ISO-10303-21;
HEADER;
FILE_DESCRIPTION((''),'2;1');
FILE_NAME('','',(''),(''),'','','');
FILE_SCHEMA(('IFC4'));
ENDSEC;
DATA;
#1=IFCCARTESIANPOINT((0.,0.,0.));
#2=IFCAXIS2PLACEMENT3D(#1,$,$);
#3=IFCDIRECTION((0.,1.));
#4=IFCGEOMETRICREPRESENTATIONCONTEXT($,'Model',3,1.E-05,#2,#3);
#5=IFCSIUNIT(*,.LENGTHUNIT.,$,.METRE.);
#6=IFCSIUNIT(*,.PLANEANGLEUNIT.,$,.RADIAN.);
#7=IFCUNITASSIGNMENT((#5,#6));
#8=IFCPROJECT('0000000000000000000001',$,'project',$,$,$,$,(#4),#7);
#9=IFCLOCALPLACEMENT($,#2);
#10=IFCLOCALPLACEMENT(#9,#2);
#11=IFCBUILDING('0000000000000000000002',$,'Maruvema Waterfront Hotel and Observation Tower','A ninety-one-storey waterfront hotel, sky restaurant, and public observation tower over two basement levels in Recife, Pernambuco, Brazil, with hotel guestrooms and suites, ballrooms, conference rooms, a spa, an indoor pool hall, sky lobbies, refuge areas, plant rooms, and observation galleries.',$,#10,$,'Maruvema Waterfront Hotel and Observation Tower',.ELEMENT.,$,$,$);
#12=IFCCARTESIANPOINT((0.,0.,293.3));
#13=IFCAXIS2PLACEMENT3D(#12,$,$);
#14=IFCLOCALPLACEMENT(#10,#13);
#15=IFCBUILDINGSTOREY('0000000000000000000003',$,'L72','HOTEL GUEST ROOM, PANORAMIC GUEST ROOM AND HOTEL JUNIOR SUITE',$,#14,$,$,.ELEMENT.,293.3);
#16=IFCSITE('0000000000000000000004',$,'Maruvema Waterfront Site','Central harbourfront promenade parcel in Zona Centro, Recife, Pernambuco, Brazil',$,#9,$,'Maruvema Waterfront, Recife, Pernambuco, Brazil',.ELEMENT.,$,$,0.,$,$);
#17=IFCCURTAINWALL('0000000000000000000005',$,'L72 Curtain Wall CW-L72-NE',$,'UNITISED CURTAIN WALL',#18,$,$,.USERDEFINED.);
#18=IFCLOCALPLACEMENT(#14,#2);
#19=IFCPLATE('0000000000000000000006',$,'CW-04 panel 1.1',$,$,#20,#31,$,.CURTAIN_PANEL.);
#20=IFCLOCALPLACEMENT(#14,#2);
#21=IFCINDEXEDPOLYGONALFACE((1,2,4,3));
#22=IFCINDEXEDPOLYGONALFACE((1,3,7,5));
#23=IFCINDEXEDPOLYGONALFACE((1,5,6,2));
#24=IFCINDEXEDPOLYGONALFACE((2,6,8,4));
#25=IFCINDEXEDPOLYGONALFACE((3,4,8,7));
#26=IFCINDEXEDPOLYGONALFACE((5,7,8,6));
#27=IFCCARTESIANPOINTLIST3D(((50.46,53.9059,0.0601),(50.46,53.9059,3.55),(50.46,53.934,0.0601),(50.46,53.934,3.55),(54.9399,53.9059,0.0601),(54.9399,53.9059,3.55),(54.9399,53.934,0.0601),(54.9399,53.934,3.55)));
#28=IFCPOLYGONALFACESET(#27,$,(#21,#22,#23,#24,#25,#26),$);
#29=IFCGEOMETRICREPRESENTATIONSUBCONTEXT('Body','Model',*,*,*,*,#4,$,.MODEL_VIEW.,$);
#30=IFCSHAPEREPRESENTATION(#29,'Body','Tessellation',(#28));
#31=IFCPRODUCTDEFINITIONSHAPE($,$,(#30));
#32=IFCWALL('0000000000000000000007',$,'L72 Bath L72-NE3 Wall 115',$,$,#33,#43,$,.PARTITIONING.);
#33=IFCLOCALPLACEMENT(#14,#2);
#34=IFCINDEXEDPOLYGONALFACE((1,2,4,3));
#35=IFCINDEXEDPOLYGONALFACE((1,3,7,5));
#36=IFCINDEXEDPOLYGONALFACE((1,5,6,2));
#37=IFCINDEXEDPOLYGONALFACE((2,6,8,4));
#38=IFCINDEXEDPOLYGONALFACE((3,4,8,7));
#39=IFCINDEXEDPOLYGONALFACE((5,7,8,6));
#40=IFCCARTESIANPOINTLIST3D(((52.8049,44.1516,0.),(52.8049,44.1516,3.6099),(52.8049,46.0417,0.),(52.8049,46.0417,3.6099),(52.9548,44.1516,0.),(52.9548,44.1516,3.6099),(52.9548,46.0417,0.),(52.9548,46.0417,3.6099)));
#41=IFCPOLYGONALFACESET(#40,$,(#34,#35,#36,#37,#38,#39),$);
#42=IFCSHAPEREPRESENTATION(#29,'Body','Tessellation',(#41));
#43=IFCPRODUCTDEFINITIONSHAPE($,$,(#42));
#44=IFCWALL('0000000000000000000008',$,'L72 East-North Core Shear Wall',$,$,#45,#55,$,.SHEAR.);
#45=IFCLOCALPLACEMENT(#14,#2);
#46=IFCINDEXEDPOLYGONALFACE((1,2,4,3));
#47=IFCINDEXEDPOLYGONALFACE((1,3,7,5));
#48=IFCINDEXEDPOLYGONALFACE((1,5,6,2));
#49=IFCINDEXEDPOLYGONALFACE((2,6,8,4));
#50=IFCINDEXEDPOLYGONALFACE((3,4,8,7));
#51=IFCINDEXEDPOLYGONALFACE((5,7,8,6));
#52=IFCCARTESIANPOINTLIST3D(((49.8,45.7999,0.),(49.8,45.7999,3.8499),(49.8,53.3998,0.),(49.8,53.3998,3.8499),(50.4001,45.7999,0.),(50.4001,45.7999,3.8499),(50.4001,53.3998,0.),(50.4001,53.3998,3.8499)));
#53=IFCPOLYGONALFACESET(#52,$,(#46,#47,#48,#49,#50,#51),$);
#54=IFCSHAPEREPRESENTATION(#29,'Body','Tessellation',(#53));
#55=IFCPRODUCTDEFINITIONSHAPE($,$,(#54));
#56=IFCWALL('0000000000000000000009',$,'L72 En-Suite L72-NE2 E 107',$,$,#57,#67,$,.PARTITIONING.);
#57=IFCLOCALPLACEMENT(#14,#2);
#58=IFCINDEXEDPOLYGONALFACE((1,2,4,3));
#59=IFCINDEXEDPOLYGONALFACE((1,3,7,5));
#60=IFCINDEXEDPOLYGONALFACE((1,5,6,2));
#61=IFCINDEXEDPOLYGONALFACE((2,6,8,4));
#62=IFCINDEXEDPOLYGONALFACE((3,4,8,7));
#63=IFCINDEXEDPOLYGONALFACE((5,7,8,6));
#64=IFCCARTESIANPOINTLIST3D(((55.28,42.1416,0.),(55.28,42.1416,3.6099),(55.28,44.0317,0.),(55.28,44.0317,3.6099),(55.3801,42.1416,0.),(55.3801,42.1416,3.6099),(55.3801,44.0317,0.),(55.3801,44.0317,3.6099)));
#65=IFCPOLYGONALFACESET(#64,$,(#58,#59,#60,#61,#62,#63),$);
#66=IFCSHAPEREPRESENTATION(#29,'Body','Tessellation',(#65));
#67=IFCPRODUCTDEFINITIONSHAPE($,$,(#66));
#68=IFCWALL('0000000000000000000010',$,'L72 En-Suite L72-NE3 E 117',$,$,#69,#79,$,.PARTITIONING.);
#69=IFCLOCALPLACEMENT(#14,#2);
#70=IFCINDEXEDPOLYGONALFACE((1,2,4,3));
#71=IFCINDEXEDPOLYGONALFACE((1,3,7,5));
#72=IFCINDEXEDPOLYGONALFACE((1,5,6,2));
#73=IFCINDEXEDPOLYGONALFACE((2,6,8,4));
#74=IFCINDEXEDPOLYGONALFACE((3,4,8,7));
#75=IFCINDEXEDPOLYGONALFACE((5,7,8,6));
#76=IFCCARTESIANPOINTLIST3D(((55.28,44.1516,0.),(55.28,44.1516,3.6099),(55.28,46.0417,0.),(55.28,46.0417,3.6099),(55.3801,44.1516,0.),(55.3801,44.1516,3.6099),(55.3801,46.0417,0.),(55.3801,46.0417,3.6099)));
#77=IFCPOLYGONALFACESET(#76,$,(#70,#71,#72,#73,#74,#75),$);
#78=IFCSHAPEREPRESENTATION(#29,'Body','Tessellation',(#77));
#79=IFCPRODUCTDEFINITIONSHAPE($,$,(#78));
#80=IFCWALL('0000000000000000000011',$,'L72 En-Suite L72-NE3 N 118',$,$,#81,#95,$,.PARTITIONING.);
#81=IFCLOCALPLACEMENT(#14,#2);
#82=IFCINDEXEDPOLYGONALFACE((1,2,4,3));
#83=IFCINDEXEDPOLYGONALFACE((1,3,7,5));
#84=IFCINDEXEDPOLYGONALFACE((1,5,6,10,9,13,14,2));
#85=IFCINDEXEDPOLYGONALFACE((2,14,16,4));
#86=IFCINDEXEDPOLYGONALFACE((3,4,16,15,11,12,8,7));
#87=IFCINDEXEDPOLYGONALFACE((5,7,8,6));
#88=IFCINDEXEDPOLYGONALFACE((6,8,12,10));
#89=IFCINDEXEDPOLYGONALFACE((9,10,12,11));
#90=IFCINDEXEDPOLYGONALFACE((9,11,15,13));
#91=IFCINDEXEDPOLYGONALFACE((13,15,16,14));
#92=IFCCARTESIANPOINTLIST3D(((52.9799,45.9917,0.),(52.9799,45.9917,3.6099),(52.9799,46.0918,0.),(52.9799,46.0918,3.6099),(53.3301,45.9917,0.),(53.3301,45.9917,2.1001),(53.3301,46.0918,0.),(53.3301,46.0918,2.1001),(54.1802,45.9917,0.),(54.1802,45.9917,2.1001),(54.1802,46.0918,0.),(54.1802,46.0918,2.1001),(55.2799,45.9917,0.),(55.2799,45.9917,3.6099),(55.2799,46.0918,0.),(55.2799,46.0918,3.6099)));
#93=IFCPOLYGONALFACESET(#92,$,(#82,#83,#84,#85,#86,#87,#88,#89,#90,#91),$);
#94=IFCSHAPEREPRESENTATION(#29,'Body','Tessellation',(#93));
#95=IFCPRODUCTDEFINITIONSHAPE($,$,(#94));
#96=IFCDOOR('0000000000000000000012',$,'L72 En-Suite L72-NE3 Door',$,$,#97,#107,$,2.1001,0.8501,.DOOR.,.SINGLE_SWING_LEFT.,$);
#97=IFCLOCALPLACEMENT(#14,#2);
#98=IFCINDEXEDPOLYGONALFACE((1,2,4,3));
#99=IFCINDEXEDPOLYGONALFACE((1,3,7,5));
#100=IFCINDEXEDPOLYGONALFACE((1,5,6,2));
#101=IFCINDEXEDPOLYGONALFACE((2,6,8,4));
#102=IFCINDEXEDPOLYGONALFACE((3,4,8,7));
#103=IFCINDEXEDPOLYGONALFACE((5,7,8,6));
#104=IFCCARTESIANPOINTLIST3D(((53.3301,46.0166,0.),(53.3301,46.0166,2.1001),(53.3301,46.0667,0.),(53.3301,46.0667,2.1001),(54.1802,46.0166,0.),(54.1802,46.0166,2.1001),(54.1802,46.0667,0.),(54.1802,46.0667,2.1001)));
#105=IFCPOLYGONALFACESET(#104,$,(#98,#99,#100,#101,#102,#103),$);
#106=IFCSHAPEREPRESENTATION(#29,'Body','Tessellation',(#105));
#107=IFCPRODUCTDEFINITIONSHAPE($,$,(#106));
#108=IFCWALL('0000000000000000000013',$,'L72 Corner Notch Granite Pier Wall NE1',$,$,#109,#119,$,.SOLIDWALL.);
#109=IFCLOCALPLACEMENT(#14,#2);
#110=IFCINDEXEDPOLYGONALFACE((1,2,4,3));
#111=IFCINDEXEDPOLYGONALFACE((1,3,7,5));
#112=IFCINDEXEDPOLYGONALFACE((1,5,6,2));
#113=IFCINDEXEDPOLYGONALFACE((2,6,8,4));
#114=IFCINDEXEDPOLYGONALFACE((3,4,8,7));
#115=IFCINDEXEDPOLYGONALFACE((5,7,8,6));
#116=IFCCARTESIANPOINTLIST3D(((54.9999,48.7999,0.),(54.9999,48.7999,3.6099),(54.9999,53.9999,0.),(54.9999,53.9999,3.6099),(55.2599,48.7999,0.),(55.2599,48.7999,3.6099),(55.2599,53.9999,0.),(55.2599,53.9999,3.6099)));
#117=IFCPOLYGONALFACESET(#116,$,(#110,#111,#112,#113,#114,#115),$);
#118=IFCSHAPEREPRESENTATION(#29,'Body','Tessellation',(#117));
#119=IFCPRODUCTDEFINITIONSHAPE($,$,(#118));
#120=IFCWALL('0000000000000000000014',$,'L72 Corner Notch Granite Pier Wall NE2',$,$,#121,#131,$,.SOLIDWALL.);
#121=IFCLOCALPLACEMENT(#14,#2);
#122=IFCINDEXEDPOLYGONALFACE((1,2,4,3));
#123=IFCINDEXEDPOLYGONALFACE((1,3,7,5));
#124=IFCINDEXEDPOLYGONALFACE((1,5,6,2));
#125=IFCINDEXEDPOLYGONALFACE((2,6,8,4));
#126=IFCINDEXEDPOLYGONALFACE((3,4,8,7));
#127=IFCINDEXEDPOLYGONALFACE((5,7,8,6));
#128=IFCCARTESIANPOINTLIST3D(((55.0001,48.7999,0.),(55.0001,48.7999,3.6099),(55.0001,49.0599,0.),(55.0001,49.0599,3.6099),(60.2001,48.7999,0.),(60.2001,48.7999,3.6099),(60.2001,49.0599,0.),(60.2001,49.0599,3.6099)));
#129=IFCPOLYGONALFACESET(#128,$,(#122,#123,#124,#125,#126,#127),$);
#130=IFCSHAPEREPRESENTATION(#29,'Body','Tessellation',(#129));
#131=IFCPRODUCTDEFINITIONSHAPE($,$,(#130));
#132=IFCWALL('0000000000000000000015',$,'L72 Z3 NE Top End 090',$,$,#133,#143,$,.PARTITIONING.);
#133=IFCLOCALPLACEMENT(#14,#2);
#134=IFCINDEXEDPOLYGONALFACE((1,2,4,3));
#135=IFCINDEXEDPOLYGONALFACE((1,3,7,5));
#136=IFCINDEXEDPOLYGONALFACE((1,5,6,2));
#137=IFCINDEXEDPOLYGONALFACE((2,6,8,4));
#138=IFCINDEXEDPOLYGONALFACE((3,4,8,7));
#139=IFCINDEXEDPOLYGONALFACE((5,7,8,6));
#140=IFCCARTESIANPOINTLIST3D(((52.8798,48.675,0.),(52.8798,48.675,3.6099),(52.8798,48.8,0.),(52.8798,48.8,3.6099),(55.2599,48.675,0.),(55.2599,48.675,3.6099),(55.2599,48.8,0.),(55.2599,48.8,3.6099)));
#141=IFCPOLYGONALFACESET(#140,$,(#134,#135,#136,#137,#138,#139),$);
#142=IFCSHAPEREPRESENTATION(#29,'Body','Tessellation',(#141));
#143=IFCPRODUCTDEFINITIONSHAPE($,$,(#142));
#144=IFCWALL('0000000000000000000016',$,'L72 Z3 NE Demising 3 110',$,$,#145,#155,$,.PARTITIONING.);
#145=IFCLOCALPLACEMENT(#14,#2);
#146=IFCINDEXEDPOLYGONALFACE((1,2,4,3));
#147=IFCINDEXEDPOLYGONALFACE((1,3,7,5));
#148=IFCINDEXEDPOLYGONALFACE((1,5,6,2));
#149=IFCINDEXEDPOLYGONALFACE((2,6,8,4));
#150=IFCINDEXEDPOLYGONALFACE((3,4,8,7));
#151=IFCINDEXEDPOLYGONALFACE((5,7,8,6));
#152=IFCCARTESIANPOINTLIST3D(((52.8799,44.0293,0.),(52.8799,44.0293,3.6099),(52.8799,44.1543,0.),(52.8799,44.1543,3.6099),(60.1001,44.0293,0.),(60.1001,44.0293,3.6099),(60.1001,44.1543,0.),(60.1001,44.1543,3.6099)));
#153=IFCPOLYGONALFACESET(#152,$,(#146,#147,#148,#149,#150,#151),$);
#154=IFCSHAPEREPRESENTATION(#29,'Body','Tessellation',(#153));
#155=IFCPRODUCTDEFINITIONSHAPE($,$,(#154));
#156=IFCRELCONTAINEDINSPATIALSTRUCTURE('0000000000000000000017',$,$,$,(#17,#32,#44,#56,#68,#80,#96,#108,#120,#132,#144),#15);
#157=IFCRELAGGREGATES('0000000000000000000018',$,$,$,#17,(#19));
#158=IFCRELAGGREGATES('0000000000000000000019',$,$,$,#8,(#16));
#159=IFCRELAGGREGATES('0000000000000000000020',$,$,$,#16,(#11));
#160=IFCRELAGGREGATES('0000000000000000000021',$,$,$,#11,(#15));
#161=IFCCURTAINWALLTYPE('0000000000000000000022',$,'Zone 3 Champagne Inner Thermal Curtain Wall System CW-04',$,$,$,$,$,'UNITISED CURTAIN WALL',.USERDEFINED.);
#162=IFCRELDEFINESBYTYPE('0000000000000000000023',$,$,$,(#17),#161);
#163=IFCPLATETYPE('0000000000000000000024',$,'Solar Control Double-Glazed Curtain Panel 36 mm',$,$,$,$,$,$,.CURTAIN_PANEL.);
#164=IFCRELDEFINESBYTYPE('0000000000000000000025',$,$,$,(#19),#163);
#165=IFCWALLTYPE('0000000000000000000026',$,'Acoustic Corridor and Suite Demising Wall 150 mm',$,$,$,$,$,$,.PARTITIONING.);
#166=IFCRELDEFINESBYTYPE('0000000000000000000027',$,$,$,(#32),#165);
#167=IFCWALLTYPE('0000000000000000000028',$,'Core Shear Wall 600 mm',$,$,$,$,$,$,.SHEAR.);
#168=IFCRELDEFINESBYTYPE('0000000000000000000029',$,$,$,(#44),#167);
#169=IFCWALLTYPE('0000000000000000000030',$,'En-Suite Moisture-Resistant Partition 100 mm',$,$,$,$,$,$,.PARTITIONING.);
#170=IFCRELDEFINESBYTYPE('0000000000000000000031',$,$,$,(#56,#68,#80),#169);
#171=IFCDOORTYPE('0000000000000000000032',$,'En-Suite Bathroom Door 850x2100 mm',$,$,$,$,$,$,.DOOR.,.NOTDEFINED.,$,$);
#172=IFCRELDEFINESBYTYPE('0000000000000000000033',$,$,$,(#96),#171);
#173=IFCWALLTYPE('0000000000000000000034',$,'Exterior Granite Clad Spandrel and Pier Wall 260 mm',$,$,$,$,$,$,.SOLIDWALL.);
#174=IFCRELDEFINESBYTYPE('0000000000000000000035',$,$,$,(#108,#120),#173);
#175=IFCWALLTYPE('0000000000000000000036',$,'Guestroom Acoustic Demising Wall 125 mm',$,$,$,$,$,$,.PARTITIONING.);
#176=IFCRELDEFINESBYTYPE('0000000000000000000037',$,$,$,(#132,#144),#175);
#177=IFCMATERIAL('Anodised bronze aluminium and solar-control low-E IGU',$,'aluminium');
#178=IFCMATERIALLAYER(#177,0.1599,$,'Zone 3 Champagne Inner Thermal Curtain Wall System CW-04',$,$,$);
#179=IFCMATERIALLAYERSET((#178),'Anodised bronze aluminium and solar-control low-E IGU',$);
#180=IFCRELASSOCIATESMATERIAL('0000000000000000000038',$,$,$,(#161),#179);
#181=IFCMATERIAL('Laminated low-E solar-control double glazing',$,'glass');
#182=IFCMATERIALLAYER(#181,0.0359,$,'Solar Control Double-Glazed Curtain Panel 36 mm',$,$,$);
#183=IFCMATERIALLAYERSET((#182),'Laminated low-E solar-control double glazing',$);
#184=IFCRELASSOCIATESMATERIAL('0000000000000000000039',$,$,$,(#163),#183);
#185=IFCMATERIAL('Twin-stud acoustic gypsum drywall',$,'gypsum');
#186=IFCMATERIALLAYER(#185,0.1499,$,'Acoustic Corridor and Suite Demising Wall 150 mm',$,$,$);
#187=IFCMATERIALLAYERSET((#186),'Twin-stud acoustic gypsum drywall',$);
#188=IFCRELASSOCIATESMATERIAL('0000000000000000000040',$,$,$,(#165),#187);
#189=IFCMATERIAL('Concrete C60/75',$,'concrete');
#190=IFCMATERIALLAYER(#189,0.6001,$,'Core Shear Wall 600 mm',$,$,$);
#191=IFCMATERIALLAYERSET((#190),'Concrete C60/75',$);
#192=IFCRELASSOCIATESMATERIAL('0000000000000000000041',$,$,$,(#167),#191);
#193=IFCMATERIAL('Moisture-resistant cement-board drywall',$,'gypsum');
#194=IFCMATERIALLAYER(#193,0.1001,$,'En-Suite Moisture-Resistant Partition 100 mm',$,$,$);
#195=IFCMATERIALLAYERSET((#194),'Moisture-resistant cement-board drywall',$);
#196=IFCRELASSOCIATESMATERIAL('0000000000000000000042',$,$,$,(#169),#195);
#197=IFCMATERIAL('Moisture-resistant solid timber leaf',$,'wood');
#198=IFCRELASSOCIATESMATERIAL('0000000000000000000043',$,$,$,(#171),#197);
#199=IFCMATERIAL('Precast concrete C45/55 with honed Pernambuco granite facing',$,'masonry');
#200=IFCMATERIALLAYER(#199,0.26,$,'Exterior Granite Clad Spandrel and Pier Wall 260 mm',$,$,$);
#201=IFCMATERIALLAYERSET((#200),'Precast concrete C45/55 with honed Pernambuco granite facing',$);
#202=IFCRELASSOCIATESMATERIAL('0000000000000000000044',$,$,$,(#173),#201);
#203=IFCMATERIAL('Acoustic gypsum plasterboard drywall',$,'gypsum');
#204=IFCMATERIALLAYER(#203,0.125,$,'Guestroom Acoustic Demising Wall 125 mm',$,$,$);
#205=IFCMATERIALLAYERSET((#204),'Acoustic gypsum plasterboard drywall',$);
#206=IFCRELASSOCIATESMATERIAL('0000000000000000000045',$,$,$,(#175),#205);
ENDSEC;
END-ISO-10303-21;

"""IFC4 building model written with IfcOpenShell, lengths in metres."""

from ifc_helpers import new_model, si_unit, direction, frame, frame_2d, origin, origin_2d, place, context, subcontext, project, spatial, rectangle, extrude, material, layer, layer_set, type_object, element, fill, aggregate, save


model = new_model("IFC4")

# Units and contexts
model_context = context("Model", 3, precision=1e-05, world=origin(), true_north=direction((0.0, 1.0)))
body_context = subcontext(model_context, "Body", "Model", "MODEL_VIEW")
ifc_project = project(units=[si_unit("LENGTHUNIT", "METRE"), si_unit("PLANEANGLEUNIT", "RADIAN")], contexts=[model_context])

# Site, building, storey
site_placement = place(None, origin())
site = spatial("IfcSite", under=ifc_project, at=site_placement, Name="Maruvema Waterfront Site", Description="Central harbourfront promenade parcel in Zona Centro, Recife, Pernambuco, Brazil", LongName="Maruvema Waterfront, Recife, Pernambuco, Brazil", CompositionType="ELEMENT", RefElevation=0.0)
building_placement = place(site_placement, origin())
building = spatial("IfcBuilding", under=site, at=building_placement, Name="Maruvema Waterfront Hotel and Observation Tower", Description="A ninety-one-storey waterfront hotel, sky restaurant, and public observation tower over two basement levels in Recife, Pernambuco, Brazil, with hotel guestrooms and suites, ballrooms, conference rooms, a spa, an indoor pool hall, sky lobbies, refuge areas, plant rooms, and observation galleries.", LongName="Maruvema Waterfront Hotel and Observation Tower", CompositionType="ELEMENT")
storey_placement = place(building_placement, frame((0.0, 0.0, 293.3)))
storey = spatial("IfcBuildingStorey", under=building, at=storey_placement, Name="L72", Description="HOTEL GUEST ROOM, PANORAMIC GUEST ROOM AND HOTEL JUNIOR SUITE", CompositionType="ELEMENT", Elevation=293.3)

# Curtain wall
ifc_material_1 = material(Name="Anodised bronze aluminium and solar-control low-E IGU", Category="aluminium")
ifc_layer_1 = layer(ifc_material_1, 0.1599, Name="Zone 3 Champagne Inner Thermal Curtain Wall System CW-04")
ifc_layer_set_1 = layer_set([ifc_layer_1], Name="Anodised bronze aluminium and solar-control low-E IGU")
curtain_wall_type = type_object("IfcCurtainWallType", Name="Zone 3 Champagne Inner Thermal Curtain Wall System CW-04", ElementType="UNITISED CURTAIN WALL", PredefinedType="USERDEFINED", material=ifc_layer_set_1)
curtain_wall_1_placement = place(storey_placement, origin())
curtain_wall_1 = element("IfcCurtainWall", 1, at=curtain_wall_1_placement, inside=storey, type_object=curtain_wall_type, Name="L72 Curtain Wall CW-L72-NE", ObjectType="UNITISED CURTAIN WALL", PredefinedType="USERDEFINED")

# Plate
ifc_material_2 = material(Name="Laminated low-E solar-control double glazing", Category="glass")
ifc_layer_2 = layer(ifc_material_2, 0.0359, Name="Solar Control Double-Glazed Curtain Panel 36 mm")
ifc_layer_set_2 = layer_set([ifc_layer_2], Name="Laminated low-E solar-control double glazing")
plate_type = type_object("IfcPlateType", Name="Solar Control Double-Glazed Curtain Panel 36 mm", PredefinedType="CURTAIN_PANEL", material=ifc_layer_set_2)
plate_1_placement = place(storey_placement, frame((52.7, 53.9199, 0.0601), z_axis=(0.0, 0.0, 1.0), x_axis=(-1.0, 0.0, 0.0)))
plate_1 = element("IfcPlate", 2, at=plate_1_placement, type_object=plate_type, Name="CW-04 panel 1.1", PredefinedType="CURTAIN_PANEL", context=body_context, shape_type="SweptSolid", body=[
    extrude(rectangle(XDim=4.48, YDim=0.0281, at=origin_2d()), origin(), (0.0, 0.0, 1.0), 3.49),
])
aggregate(curtain_wall_1, [plate_1])

# Wall
ifc_material_3 = material(Name="Twin-stud acoustic gypsum drywall", Category="gypsum")
ifc_layer_3 = layer(ifc_material_3, 0.1499, Name="Acoustic Corridor and Suite Demising Wall 150 mm")
ifc_layer_set_3 = layer_set([ifc_layer_3], Name="Twin-stud acoustic gypsum drywall")
wall_type_1 = type_object("IfcWallType", Name="Acoustic Corridor and Suite Demising Wall 150 mm", PredefinedType="PARTITIONING", material=ifc_layer_set_3)
wall_1_placement = place(storey_placement, frame((52.8799, 44.1516, 0.0), z_axis=(0.0, 0.0, 1.0), x_axis=(0.0, 1.0, 0.0)))
element("IfcWall", 3, at=wall_1_placement, inside=storey, type_object=wall_type_1, Name="L72 Bath L72-NE3 Wall 115", PredefinedType="PARTITIONING", context=body_context, shape_type="SweptSolid", body=[
    extrude(rectangle(XDim=1.8901, YDim=0.1499, at=frame_2d((0.9451, 0.0))), origin(), (0.0, 0.0, 1.0), 3.6099),
])

# Walls
ifc_material_4 = material(Name="Concrete C60/75", Category="concrete")
ifc_layer_4 = layer(ifc_material_4, 0.6001, Name="Core Shear Wall 600 mm")
ifc_layer_set_4 = layer_set([ifc_layer_4], Name="Concrete C60/75")
wall_type_2 = type_object("IfcWallType", Name="Core Shear Wall 600 mm", PredefinedType="SHEAR", material=ifc_layer_set_4)
wall_2_placement = place(storey_placement, frame((50.1001, 45.8, 0.0), z_axis=(0.0, 0.0, 1.0), x_axis=(0.0, 1.0, 0.0)))
element("IfcWall", 4, at=wall_2_placement, inside=storey, type_object=wall_type_2, Name="L72 East-North Core Shear Wall", PredefinedType="SHEAR", context=body_context, shape_type="SweptSolid", body=[
    extrude(rectangle(XDim=7.5999, YDim=0.6001, at=frame_2d((3.7998, 0.0))), origin(), (0.0, 0.0, 1.0), 3.8499),
])
ifc_material_5 = material(Name="Moisture-resistant cement-board drywall", Category="gypsum")
ifc_layer_5 = layer(ifc_material_5, 0.1001, Name="En-Suite Moisture-Resistant Partition 100 mm")
ifc_layer_set_5 = layer_set([ifc_layer_5], Name="Moisture-resistant cement-board drywall")
wall_type_3 = type_object("IfcWallType", Name="En-Suite Moisture-Resistant Partition 100 mm", PredefinedType="PARTITIONING", material=ifc_layer_set_5)
for number, where, z_axis, x_axis, name in (
    (5, (55.3301, 42.1416, 0.0), (0.0, 0.0, 1.0), (0.0, 1.0, 0.0), "L72 En-Suite L72-NE2 E 107"),
    (6, (55.3301, 44.1516, 0.0), (0.0, 0.0, 1.0), (0.0, 1.0, 0.0), "L72 En-Suite L72-NE3 E 117"),
):
    element("IfcWall", number, at=place(storey_placement, frame(where, z_axis=z_axis, x_axis=x_axis)), inside=storey, type_object=wall_type_3, Name=name, PredefinedType="PARTITIONING", context=body_context, shape_type="SweptSolid", body=[
        extrude(rectangle(XDim=1.8901, YDim=0.1001, at=frame_2d((0.9451, 0.0))), origin(), (0.0, 0.0, 1.0), 3.6099),
    ])

# Wall, opening, door
wall_3_placement = place(storey_placement, frame((52.98, 46.0417, 0.0), z_axis=(0.0, 0.0, 1.0), x_axis=(1.0, 0.0, 0.0)))
wall_3 = element("IfcWall", 7, at=wall_3_placement, inside=storey, type_object=wall_type_3, Name="L72 En-Suite L72-NE3 N 118", PredefinedType="PARTITIONING", context=body_context, shape_type="SweptSolid", body=[
    extrude(rectangle(XDim=2.3, YDim=0.1001, at=frame_2d((1.1499, 0.0))), origin(), (0.0, 0.0, 1.0), 3.6099),
])
opening_1_placement = place(wall_3_placement, frame((0.3501, 0.0, 0.0)))
opening_1 = element("IfcOpeningElement", 8, at=opening_1_placement, cuts=wall_3, PredefinedType="OPENING", context=body_context, shape_type="SweptSolid", body=[
    extrude(rectangle(XDim=0.8501, YDim=2.1001, at=frame_2d((0.425, 1.05))), frame((0.0, 0.0601, 0.0), z_axis=(0.0, -1.0, 0.0), x_axis=(1.0, 0.0, 0.0)), (0.0, 0.0, 1.0), 0.1201),
])
ifc_material_6 = material(Name="Moisture-resistant solid timber leaf", Category="wood")
door_type_1 = type_object("IfcDoorType", Name="En-Suite Bathroom Door 850x2100 mm", OperationType="NOTDEFINED", PredefinedType="DOOR", material=ifc_material_6)
door_1_placement = place(opening_1_placement, origin())
door_1 = element("IfcDoor", 9, at=door_1_placement, inside=storey, type_object=door_type_1, Name="L72 En-Suite L72-NE3 Door", OperationType="SINGLE_SWING_LEFT", OverallHeight=2.1001, OverallWidth=0.8501, PredefinedType="DOOR", context=body_context, shape_type="SweptSolid", body=[
    extrude(rectangle(XDim=0.8501, YDim=2.1001, at=frame_2d((0.425, 1.05))), frame((0.0, 0.0249, 0.0), z_axis=(0.0, -1.0, 0.0), x_axis=(1.0, 0.0, 0.0)), (0.0, 0.0, 1.0), 0.05),
])
fill(opening_1, door_1)

# Walls
ifc_material_7 = material(Name="Precast concrete C45/55 with honed Pernambuco granite facing", Category="masonry")
ifc_layer_6 = layer(ifc_material_7, 0.26, Name="Exterior Granite Clad Spandrel and Pier Wall 260 mm")
ifc_layer_set_6 = layer_set([ifc_layer_6], Name="Precast concrete C45/55 with honed Pernambuco granite facing")
wall_type_4 = type_object("IfcWallType", Name="Exterior Granite Clad Spandrel and Pier Wall 260 mm", PredefinedType="SOLIDWALL", material=ifc_layer_set_6)
for number, where, z_axis, x_axis, name in (
    (10, (55.1299, 54.0, 0.0), (0.0, 0.0, 1.0), (0.0, -1.0, 0.0), "L72 Corner Notch Granite Pier Wall NE1"),
    (11, (55.0, 48.9299, 0.0), (0.0, 0.0, 1.0), (1.0, 0.0, 0.0), "L72 Corner Notch Granite Pier Wall NE2"),
):
    element("IfcWall", number, at=place(storey_placement, frame(where, z_axis=z_axis, x_axis=x_axis)), inside=storey, type_object=wall_type_4, Name=name, PredefinedType="SOLIDWALL", context=body_context, shape_type="SweptSolid", body=[
        extrude(rectangle(XDim=5.2, YDim=0.26, at=frame_2d((2.6001, 0.0))), origin(), (0.0, 0.0, 1.0), 3.6099),
    ])
ifc_material_8 = material(Name="Acoustic gypsum plasterboard drywall", Category="gypsum")
ifc_layer_7 = layer(ifc_material_8, 0.125, Name="Guestroom Acoustic Demising Wall 125 mm")
ifc_layer_set_7 = layer_set([ifc_layer_7], Name="Acoustic gypsum plasterboard drywall")
wall_type_5 = type_object("IfcWallType", Name="Guestroom Acoustic Demising Wall 125 mm", PredefinedType="PARTITIONING", material=ifc_layer_set_7)
wall_4_placement = place(storey_placement, frame((52.8799, 48.7375, 0.0), z_axis=(0.0, 0.0, 1.0), x_axis=(1.0, 0.0, 0.0)))
element("IfcWall", 12, at=wall_4_placement, inside=storey, type_object=wall_type_5, Name="L72 Z3 NE Top End 090", PredefinedType="PARTITIONING", context=body_context, shape_type="SweptSolid", body=[
    extrude(rectangle(XDim=2.3801, YDim=0.125, at=frame_2d((1.1899, 0.0))), origin(), (0.0, 0.0, 1.0), 3.6099),
])
wall_5_placement = place(storey_placement, frame((52.8799, 44.0918, 0.0), z_axis=(0.0, 0.0, 1.0), x_axis=(1.0, 0.0, 0.0)))
element("IfcWall", 13, at=wall_5_placement, inside=storey, type_object=wall_type_5, Name="L72 Z3 NE Demising 3 110", PredefinedType="PARTITIONING", context=body_context, shape_type="SweptSolid", body=[
    extrude(rectangle(XDim=7.2202, YDim=0.125, at=frame_2d((3.6101, 0.0))), origin(), (0.0, 0.0, 1.0), 3.6099),
])

save(model, "model.ifc")
